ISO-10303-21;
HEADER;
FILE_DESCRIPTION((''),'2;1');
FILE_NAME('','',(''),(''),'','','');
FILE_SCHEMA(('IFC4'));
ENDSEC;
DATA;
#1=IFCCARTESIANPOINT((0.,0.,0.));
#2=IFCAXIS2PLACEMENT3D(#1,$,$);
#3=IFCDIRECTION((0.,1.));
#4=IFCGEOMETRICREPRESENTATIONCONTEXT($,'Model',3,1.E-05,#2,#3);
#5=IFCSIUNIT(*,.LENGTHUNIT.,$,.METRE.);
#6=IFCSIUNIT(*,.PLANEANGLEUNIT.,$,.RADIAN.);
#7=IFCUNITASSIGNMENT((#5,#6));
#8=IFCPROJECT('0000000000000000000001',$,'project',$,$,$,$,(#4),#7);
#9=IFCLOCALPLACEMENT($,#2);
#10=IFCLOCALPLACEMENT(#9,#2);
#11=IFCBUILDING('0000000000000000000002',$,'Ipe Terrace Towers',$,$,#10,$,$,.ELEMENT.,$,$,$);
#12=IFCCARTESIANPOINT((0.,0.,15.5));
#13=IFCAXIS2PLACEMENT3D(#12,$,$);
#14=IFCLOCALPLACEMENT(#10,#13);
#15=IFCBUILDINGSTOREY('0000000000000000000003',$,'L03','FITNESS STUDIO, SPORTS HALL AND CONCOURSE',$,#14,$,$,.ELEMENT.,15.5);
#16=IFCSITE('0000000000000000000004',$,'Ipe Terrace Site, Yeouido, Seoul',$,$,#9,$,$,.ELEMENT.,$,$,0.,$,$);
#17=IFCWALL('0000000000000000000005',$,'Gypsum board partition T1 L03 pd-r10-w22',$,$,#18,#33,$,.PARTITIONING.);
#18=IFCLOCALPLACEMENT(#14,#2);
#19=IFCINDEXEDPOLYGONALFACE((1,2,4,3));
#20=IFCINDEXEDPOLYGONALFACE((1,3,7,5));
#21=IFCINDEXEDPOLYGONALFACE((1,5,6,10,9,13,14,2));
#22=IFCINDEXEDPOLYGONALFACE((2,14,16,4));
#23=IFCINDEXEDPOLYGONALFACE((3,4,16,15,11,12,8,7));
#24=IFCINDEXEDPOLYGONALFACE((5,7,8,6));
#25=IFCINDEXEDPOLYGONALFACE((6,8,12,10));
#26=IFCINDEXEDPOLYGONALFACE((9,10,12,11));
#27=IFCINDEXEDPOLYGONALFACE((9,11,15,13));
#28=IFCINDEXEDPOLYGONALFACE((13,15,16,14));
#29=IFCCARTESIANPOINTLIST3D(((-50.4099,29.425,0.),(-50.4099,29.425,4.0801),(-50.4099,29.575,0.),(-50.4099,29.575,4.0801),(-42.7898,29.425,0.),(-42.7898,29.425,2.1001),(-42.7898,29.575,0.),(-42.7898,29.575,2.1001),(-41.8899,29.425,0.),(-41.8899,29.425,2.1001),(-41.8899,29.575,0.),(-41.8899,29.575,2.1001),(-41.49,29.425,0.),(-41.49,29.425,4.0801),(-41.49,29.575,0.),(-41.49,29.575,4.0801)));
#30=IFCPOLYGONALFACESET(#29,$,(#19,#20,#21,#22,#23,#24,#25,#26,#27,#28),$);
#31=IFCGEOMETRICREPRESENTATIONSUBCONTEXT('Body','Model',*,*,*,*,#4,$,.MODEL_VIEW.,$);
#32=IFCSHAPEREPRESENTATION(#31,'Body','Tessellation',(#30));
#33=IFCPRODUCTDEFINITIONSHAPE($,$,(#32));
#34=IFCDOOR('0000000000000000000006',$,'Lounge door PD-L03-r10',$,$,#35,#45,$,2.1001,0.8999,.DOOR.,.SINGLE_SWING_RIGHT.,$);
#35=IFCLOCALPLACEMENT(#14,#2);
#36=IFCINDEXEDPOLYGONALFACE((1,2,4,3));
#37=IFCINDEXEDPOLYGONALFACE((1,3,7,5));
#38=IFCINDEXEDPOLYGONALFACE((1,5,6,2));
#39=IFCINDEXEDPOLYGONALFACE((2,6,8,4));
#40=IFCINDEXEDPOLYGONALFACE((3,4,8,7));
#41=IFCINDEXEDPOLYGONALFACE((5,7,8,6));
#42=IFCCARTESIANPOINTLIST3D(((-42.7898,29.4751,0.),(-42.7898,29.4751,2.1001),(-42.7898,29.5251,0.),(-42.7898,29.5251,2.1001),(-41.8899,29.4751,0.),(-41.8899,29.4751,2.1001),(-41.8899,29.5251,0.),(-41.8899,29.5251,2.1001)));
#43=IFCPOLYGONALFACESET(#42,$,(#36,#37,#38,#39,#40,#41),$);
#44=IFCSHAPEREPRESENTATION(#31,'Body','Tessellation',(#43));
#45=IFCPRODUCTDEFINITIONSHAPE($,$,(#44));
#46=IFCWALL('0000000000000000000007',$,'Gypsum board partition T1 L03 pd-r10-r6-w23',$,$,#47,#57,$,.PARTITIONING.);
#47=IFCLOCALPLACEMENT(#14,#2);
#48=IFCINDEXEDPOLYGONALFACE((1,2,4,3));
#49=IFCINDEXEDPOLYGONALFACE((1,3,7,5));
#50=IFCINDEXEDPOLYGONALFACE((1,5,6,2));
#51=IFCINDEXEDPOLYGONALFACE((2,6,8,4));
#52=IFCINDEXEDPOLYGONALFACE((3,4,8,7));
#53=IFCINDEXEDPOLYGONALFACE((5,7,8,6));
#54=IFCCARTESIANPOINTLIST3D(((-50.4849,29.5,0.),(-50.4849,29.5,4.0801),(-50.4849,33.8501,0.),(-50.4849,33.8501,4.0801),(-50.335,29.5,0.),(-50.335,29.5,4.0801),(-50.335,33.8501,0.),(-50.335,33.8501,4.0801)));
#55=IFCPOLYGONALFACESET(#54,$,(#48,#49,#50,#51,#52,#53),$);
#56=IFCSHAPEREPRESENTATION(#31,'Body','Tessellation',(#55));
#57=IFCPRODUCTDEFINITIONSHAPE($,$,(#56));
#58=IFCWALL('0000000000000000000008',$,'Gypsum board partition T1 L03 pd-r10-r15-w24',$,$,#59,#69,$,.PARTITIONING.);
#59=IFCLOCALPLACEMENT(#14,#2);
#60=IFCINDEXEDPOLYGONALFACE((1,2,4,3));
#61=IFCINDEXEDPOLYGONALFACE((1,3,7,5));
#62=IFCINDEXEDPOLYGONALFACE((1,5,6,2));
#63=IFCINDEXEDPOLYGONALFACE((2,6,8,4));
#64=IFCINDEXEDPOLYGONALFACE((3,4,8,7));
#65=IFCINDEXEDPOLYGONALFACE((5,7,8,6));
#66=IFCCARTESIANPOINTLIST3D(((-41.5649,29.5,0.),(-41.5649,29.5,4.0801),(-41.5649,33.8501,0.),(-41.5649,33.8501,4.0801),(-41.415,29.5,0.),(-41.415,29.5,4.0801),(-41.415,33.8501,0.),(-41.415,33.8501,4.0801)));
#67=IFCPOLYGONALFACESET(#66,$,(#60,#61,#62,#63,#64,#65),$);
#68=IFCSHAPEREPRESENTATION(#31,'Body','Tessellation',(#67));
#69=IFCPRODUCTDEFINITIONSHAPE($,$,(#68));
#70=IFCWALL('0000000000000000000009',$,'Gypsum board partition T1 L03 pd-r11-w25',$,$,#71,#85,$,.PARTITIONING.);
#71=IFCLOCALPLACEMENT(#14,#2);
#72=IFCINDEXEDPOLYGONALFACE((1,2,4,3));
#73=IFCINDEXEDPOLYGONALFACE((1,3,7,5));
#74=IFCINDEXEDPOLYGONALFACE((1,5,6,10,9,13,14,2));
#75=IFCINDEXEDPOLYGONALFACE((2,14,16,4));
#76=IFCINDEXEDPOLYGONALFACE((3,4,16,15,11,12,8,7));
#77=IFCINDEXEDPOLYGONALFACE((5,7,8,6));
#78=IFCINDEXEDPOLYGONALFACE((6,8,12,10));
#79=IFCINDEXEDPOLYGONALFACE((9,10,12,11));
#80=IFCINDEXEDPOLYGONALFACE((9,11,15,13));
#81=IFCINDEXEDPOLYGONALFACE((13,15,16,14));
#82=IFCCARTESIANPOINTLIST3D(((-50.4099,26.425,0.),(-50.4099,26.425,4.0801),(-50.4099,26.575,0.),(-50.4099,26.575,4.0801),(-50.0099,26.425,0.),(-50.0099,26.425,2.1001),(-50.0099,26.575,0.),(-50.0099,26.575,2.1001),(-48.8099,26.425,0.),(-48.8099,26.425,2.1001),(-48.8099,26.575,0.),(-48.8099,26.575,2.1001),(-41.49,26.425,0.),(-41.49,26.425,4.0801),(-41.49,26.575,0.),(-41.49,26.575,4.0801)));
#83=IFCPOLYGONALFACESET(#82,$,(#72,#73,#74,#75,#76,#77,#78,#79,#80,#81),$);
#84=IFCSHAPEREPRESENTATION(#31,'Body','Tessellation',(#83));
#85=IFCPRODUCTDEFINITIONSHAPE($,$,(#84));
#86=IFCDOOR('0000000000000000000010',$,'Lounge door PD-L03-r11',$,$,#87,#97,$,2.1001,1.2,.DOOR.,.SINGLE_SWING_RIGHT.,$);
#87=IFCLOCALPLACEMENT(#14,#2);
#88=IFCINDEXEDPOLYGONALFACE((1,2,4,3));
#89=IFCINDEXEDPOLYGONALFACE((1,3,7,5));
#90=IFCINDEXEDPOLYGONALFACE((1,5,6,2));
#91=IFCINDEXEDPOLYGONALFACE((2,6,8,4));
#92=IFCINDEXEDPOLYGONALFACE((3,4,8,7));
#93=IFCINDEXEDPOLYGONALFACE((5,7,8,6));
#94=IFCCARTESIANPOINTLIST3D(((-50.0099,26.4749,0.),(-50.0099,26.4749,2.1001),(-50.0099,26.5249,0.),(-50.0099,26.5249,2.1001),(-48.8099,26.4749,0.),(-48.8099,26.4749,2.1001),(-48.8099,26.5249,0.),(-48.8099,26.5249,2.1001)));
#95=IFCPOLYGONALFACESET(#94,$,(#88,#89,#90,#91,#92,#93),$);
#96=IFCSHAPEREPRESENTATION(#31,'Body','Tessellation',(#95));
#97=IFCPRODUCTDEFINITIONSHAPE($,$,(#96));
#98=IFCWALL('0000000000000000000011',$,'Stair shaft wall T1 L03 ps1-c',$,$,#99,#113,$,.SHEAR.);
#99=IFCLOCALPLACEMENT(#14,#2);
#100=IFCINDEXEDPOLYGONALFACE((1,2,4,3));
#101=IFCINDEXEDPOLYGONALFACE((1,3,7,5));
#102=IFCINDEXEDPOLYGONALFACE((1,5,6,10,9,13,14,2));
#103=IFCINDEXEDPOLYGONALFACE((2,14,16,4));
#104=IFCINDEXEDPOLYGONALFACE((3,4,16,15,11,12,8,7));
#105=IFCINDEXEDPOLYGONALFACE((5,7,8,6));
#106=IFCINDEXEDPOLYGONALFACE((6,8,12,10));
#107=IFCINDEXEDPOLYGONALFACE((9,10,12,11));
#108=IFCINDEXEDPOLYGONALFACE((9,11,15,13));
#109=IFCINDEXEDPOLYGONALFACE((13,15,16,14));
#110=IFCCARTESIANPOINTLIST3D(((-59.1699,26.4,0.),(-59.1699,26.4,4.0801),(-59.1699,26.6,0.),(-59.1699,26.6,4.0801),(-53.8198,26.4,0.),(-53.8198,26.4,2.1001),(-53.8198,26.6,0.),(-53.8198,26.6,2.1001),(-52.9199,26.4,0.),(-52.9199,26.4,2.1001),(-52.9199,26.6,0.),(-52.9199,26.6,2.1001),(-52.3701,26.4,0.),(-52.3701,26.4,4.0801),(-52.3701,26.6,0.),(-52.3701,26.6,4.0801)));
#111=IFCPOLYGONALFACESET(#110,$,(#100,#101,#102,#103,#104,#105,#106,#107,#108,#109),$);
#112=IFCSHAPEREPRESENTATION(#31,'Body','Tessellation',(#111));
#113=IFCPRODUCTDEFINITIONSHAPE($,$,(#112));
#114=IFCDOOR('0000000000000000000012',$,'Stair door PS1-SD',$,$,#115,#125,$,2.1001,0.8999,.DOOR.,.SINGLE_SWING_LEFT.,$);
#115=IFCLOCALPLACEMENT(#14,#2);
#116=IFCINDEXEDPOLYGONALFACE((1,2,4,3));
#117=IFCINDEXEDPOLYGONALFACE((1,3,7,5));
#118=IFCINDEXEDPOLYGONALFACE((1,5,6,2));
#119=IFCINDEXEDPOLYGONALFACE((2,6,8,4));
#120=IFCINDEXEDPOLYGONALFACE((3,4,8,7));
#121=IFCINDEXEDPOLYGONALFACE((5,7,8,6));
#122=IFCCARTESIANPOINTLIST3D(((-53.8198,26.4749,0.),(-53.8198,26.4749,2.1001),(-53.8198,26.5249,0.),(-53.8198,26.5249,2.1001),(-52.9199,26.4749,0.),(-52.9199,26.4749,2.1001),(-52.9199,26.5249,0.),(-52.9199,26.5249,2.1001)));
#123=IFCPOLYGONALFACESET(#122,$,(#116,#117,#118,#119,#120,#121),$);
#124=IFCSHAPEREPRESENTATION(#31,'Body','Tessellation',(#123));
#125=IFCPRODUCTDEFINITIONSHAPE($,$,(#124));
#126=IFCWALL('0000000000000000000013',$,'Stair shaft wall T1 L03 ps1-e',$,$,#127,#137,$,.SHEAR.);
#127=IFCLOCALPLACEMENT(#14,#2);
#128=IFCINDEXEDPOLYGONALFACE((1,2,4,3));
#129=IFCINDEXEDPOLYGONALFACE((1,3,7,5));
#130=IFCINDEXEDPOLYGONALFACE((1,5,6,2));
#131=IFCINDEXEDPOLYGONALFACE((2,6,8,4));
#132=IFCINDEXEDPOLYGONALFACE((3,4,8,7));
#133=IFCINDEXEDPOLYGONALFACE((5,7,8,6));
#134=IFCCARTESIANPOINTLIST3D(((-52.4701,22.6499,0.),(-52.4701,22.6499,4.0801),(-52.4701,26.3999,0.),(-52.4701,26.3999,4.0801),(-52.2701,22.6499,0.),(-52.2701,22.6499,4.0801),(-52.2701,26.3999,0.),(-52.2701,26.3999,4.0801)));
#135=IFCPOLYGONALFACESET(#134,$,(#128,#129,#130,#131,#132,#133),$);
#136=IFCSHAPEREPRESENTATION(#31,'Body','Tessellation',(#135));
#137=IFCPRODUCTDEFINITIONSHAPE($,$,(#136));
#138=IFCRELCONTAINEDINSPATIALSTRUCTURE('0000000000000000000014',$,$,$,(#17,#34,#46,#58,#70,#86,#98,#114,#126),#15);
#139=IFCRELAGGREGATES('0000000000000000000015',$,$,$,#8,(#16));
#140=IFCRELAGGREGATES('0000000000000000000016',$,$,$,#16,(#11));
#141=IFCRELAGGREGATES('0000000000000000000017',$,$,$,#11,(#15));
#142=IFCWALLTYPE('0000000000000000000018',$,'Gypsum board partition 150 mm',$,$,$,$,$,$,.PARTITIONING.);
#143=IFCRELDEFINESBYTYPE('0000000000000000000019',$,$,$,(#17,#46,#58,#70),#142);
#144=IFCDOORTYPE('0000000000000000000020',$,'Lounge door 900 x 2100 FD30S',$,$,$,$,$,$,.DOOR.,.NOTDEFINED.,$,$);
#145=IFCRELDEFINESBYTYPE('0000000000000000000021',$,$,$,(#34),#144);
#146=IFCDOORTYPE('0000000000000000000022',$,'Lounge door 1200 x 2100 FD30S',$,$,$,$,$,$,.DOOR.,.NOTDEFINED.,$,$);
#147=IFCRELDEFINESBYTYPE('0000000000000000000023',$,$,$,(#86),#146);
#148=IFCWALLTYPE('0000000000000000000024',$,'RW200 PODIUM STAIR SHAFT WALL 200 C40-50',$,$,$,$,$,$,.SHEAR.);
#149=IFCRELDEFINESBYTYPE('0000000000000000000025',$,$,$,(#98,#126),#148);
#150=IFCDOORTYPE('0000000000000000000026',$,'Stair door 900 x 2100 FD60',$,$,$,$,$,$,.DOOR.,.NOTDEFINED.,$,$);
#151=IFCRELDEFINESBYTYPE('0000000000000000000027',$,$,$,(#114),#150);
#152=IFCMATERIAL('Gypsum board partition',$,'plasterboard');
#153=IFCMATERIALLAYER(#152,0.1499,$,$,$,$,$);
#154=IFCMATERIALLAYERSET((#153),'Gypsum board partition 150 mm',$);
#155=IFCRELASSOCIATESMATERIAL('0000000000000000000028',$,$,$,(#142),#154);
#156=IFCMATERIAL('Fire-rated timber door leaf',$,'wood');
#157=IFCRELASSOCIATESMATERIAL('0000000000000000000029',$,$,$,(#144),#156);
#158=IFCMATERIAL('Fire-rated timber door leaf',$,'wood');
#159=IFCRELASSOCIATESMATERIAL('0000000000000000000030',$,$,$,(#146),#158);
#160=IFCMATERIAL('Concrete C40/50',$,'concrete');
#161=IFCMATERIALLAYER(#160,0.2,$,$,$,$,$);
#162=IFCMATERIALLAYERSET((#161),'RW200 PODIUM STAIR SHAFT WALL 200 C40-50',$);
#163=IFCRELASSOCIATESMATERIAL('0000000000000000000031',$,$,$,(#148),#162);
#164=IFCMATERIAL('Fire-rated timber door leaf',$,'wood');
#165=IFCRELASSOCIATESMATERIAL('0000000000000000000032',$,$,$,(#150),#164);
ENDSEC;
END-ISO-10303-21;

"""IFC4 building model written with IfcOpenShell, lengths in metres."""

from ifc_helpers import new_model, si_unit, direction, frame, frame_2d, origin, place, context, subcontext, project, spatial, rectangle, extrude, material, layer, layer_set, type_object, element, fill, save


model = new_model("IFC4")

# Units and contexts
model_context = context("Model", 3, precision=1e-05, world=origin(), true_north=direction((0.0, 1.0)))
body_context = subcontext(model_context, "Body", "Model", "MODEL_VIEW")
ifc_project = project(units=[si_unit("LENGTHUNIT", "METRE"), si_unit("PLANEANGLEUNIT", "RADIAN")], contexts=[model_context])

# Site, building, storey
site_placement = place(None, origin())
site = spatial("IfcSite", under=ifc_project, at=site_placement, Name="Ipe Terrace Site, Yeouido, Seoul", CompositionType="ELEMENT", RefElevation=0.0)
building_placement = place(site_placement, origin())
building = spatial("IfcBuilding", under=site, at=building_placement, Name="Ipe Terrace Towers", CompositionType="ELEMENT")
storey_placement = place(building_placement, frame((0.0, 0.0, 15.5)))
storey = spatial("IfcBuildingStorey", under=building, at=storey_placement, Name="L03", Description="FITNESS STUDIO, SPORTS HALL AND CONCOURSE", CompositionType="ELEMENT", Elevation=15.5)

# Shared definitions
ifc_material_1 = material(Name="Gypsum board partition", Category="plasterboard")
ifc_layer_1 = layer(ifc_material_1, 0.1499)
ifc_layer_set_1 = layer_set([ifc_layer_1], Name="Gypsum board partition 150 mm")
wall_type_1 = type_object("IfcWallType", Name="Gypsum board partition 150 mm", PredefinedType="PARTITIONING", material=ifc_layer_set_1)
ifc_material_2 = material(Name="Fire-rated timber door leaf", Category="wood")
door_type_1 = type_object("IfcDoorType", Name="Lounge door 900 x 2100 FD30S", OperationType="NOTDEFINED", PredefinedType="DOOR", material=ifc_material_2)

# Wall, opening, door
wall_1_placement = place(storey_placement, frame((-41.49, 29.5, 0.0), z_axis=(0.0, 0.0, 1.0), x_axis=(-1.0, 0.0, 0.0)))
wall_1 = element("IfcWall", 1, at=wall_1_placement, inside=storey, type_object=wall_type_1, Name="Gypsum board partition T1 L03 pd-r10-w22", PredefinedType="PARTITIONING", context=body_context, shape_type="SweptSolid", body=[
    extrude(rectangle(XDim=8.9199, YDim=0.1499, at=frame_2d((4.46, 0.0))), origin(), (0.0, 0.0, 1.0), 4.0801),
])
opening_1_placement = place(wall_1_placement, frame((0.3999, 0.0, 0.0)))
opening_1 = element("IfcOpeningElement", 2, at=opening_1_placement, cuts=wall_1, PredefinedType="OPENING", context=body_context, shape_type="SweptSolid", body=[
    extrude(rectangle(XDim=0.8999, YDim=2.1001, at=frame_2d((0.45, 1.05))), frame((0.0, 0.085, 0.0), z_axis=(0.0, -1.0, 0.0), x_axis=(1.0, 0.0, 0.0)), (0.0, 0.0, 1.0), 0.1699),
])
door_1_placement = place(opening_1_placement, origin())
door_1 = element("IfcDoor", 3, at=door_1_placement, inside=storey, type_object=door_type_1, Name="Lounge door PD-L03-r10", OperationType="SINGLE_SWING_RIGHT", OverallHeight=2.1001, OverallWidth=0.8999, PredefinedType="DOOR", context=body_context, shape_type="SweptSolid", body=[
    extrude(rectangle(XDim=0.8999, YDim=2.1001, at=frame_2d((0.45, 1.05))), frame((0.0, 0.0249, 0.0), z_axis=(0.0, -1.0, 0.0), x_axis=(1.0, 0.0, 0.0)), (0.0, 0.0, 1.0), 0.05),
])
fill(opening_1, door_1)

# Walls
for number, where, z_axis, x_axis, name in (
    (4, (-50.4099, 29.5, 0.0), (0.0, 0.0, 1.0), (0.0, 1.0, 0.0), "Gypsum board partition T1 L03 pd-r10-r6-w23"),
    (5, (-41.49, 33.8501, 0.0), (0.0, 0.0, 1.0), (0.0, -1.0, 0.0), "Gypsum board partition T1 L03 pd-r10-r15-w24"),
):
    element("IfcWall", number, at=place(storey_placement, frame(where, z_axis=z_axis, x_axis=x_axis)), inside=storey, type_object=wall_type_1, Name=name, PredefinedType="PARTITIONING", context=body_context, shape_type="SweptSolid", body=[
        extrude(rectangle(XDim=4.3501, YDim=0.1499, at=frame_2d((2.175, 0.0))), origin(), (0.0, 0.0, 1.0), 4.0801),
    ])

# Walls, openings, doors
wall_2_placement = place(storey_placement, frame((-50.4099, 26.5, 0.0), z_axis=(0.0, 0.0, 1.0), x_axis=(1.0, 0.0, 0.0)))
wall_2 = element("IfcWall", 6, at=wall_2_placement, inside=storey, type_object=wall_type_1, Name="Gypsum board partition T1 L03 pd-r11-w25", PredefinedType="PARTITIONING", context=body_context, shape_type="SweptSolid", body=[
    extrude(rectangle(XDim=8.9199, YDim=0.1499, at=frame_2d((4.46, 0.0))), origin(), (0.0, 0.0, 1.0), 4.0801),
])
opening_2_placement = place(wall_2_placement, frame((0.3999, 0.0, 0.0)))
opening_2 = element("IfcOpeningElement", 7, at=opening_2_placement, cuts=wall_2, PredefinedType="OPENING", context=body_context, shape_type="SweptSolid", body=[
    extrude(rectangle(XDim=1.2, YDim=2.1001, at=frame_2d((0.6001, 1.05))), frame((0.0, 0.085, 0.0), z_axis=(0.0, -1.0, 0.0), x_axis=(1.0, 0.0, 0.0)), (0.0, 0.0, 1.0), 0.1699),
])
ifc_material_3 = material(Name="Fire-rated timber door leaf", Category="wood")
door_type_2 = type_object("IfcDoorType", Name="Lounge door 1200 x 2100 FD30S", OperationType="NOTDEFINED", PredefinedType="DOOR", material=ifc_material_3)
door_2_placement = place(opening_2_placement, origin())
door_2 = element("IfcDoor", 8, at=door_2_placement, inside=storey, type_object=door_type_2, Name="Lounge door PD-L03-r11", OperationType="SINGLE_SWING_RIGHT", OverallHeight=2.1001, OverallWidth=1.2, PredefinedType="DOOR", context=body_context, shape_type="SweptSolid", body=[
    extrude(rectangle(XDim=1.2, YDim=2.1001, at=frame_2d((0.6001, 1.05))), frame((0.0, 0.0249, 0.0), z_axis=(0.0, -1.0, 0.0), x_axis=(1.0, 0.0, 0.0)), (0.0, 0.0, 1.0), 0.05),
])
fill(opening_2, door_2)
ifc_material_4 = material(Name="Concrete C40/50", Category="concrete")
ifc_layer_2 = layer(ifc_material_4, 0.2)
ifc_layer_set_2 = layer_set([ifc_layer_2], Name="RW200 PODIUM STAIR SHAFT WALL 200 C40-50")
wall_type_2 = type_object("IfcWallType", Name="RW200 PODIUM STAIR SHAFT WALL 200 C40-50", PredefinedType="SHEAR", material=ifc_layer_set_2)
wall_3_placement = place(storey_placement, frame((-59.1699, 26.5, 0.0), z_axis=(0.0, 0.0, 1.0), x_axis=(1.0, 0.0, 0.0)))
wall_3 = element("IfcWall", 9, at=wall_3_placement, inside=storey, type_object=wall_type_2, Name="Stair shaft wall T1 L03 ps1-c", PredefinedType="SHEAR", context=body_context, shape_type="SweptSolid", body=[
    extrude(rectangle(XDim=6.7998, YDim=0.2, at=frame_2d((3.3999, 0.0))), origin(), (0.0, 0.0, 1.0), 4.0801),
])
opening_3_placement = place(wall_3_placement, frame((5.3501, 0.0, 0.0)))
opening_3 = element("IfcOpeningElement", 10, at=opening_3_placement, cuts=wall_3, PredefinedType="OPENING", context=body_context, shape_type="SweptSolid", body=[
    extrude(rectangle(XDim=0.8999, YDim=2.1001, at=frame_2d((0.45, 1.05))), frame((0.0, 0.1099, 0.0), z_axis=(0.0, -1.0, 0.0), x_axis=(1.0, 0.0, 0.0)), (0.0, 0.0, 1.0), 0.22),
])
ifc_material_5 = material(Name="Fire-rated timber door leaf", Category="wood")
door_type_3 = type_object("IfcDoorType", Name="Stair door 900 x 2100 FD60", OperationType="NOTDEFINED", PredefinedType="DOOR", material=ifc_material_5)
door_3_placement = place(opening_3_placement, origin())
door_3 = element("IfcDoor", 11, at=door_3_placement, inside=storey, type_object=door_type_3, Name="Stair door PS1-SD", OperationType="SINGLE_SWING_LEFT", OverallHeight=2.1001, OverallWidth=0.8999, PredefinedType="DOOR", context=body_context, shape_type="SweptSolid", body=[
    extrude(rectangle(XDim=0.8999, YDim=2.1001, at=frame_2d((0.45, 1.05))), frame((0.0, 0.0249, 0.0), z_axis=(0.0, -1.0, 0.0), x_axis=(1.0, 0.0, 0.0)), (0.0, 0.0, 1.0), 0.05),
])
fill(opening_3, door_3)

# Wall
wall_4_placement = place(storey_placement, frame((-52.3701, 22.6499, 0.0), z_axis=(0.0, 0.0, 1.0), x_axis=(0.0, 1.0, 0.0)))
element("IfcWall", 12, at=wall_4_placement, inside=storey, type_object=wall_type_2, Name="Stair shaft wall T1 L03 ps1-e", PredefinedType="SHEAR", context=body_context, shape_type="SweptSolid", body=[
    extrude(rectangle(XDim=3.75, YDim=0.2, at=frame_2d((1.875, 0.0))), origin(), (0.0, 0.0, 1.0), 4.0801),
])

save(model, "model.ifc")
